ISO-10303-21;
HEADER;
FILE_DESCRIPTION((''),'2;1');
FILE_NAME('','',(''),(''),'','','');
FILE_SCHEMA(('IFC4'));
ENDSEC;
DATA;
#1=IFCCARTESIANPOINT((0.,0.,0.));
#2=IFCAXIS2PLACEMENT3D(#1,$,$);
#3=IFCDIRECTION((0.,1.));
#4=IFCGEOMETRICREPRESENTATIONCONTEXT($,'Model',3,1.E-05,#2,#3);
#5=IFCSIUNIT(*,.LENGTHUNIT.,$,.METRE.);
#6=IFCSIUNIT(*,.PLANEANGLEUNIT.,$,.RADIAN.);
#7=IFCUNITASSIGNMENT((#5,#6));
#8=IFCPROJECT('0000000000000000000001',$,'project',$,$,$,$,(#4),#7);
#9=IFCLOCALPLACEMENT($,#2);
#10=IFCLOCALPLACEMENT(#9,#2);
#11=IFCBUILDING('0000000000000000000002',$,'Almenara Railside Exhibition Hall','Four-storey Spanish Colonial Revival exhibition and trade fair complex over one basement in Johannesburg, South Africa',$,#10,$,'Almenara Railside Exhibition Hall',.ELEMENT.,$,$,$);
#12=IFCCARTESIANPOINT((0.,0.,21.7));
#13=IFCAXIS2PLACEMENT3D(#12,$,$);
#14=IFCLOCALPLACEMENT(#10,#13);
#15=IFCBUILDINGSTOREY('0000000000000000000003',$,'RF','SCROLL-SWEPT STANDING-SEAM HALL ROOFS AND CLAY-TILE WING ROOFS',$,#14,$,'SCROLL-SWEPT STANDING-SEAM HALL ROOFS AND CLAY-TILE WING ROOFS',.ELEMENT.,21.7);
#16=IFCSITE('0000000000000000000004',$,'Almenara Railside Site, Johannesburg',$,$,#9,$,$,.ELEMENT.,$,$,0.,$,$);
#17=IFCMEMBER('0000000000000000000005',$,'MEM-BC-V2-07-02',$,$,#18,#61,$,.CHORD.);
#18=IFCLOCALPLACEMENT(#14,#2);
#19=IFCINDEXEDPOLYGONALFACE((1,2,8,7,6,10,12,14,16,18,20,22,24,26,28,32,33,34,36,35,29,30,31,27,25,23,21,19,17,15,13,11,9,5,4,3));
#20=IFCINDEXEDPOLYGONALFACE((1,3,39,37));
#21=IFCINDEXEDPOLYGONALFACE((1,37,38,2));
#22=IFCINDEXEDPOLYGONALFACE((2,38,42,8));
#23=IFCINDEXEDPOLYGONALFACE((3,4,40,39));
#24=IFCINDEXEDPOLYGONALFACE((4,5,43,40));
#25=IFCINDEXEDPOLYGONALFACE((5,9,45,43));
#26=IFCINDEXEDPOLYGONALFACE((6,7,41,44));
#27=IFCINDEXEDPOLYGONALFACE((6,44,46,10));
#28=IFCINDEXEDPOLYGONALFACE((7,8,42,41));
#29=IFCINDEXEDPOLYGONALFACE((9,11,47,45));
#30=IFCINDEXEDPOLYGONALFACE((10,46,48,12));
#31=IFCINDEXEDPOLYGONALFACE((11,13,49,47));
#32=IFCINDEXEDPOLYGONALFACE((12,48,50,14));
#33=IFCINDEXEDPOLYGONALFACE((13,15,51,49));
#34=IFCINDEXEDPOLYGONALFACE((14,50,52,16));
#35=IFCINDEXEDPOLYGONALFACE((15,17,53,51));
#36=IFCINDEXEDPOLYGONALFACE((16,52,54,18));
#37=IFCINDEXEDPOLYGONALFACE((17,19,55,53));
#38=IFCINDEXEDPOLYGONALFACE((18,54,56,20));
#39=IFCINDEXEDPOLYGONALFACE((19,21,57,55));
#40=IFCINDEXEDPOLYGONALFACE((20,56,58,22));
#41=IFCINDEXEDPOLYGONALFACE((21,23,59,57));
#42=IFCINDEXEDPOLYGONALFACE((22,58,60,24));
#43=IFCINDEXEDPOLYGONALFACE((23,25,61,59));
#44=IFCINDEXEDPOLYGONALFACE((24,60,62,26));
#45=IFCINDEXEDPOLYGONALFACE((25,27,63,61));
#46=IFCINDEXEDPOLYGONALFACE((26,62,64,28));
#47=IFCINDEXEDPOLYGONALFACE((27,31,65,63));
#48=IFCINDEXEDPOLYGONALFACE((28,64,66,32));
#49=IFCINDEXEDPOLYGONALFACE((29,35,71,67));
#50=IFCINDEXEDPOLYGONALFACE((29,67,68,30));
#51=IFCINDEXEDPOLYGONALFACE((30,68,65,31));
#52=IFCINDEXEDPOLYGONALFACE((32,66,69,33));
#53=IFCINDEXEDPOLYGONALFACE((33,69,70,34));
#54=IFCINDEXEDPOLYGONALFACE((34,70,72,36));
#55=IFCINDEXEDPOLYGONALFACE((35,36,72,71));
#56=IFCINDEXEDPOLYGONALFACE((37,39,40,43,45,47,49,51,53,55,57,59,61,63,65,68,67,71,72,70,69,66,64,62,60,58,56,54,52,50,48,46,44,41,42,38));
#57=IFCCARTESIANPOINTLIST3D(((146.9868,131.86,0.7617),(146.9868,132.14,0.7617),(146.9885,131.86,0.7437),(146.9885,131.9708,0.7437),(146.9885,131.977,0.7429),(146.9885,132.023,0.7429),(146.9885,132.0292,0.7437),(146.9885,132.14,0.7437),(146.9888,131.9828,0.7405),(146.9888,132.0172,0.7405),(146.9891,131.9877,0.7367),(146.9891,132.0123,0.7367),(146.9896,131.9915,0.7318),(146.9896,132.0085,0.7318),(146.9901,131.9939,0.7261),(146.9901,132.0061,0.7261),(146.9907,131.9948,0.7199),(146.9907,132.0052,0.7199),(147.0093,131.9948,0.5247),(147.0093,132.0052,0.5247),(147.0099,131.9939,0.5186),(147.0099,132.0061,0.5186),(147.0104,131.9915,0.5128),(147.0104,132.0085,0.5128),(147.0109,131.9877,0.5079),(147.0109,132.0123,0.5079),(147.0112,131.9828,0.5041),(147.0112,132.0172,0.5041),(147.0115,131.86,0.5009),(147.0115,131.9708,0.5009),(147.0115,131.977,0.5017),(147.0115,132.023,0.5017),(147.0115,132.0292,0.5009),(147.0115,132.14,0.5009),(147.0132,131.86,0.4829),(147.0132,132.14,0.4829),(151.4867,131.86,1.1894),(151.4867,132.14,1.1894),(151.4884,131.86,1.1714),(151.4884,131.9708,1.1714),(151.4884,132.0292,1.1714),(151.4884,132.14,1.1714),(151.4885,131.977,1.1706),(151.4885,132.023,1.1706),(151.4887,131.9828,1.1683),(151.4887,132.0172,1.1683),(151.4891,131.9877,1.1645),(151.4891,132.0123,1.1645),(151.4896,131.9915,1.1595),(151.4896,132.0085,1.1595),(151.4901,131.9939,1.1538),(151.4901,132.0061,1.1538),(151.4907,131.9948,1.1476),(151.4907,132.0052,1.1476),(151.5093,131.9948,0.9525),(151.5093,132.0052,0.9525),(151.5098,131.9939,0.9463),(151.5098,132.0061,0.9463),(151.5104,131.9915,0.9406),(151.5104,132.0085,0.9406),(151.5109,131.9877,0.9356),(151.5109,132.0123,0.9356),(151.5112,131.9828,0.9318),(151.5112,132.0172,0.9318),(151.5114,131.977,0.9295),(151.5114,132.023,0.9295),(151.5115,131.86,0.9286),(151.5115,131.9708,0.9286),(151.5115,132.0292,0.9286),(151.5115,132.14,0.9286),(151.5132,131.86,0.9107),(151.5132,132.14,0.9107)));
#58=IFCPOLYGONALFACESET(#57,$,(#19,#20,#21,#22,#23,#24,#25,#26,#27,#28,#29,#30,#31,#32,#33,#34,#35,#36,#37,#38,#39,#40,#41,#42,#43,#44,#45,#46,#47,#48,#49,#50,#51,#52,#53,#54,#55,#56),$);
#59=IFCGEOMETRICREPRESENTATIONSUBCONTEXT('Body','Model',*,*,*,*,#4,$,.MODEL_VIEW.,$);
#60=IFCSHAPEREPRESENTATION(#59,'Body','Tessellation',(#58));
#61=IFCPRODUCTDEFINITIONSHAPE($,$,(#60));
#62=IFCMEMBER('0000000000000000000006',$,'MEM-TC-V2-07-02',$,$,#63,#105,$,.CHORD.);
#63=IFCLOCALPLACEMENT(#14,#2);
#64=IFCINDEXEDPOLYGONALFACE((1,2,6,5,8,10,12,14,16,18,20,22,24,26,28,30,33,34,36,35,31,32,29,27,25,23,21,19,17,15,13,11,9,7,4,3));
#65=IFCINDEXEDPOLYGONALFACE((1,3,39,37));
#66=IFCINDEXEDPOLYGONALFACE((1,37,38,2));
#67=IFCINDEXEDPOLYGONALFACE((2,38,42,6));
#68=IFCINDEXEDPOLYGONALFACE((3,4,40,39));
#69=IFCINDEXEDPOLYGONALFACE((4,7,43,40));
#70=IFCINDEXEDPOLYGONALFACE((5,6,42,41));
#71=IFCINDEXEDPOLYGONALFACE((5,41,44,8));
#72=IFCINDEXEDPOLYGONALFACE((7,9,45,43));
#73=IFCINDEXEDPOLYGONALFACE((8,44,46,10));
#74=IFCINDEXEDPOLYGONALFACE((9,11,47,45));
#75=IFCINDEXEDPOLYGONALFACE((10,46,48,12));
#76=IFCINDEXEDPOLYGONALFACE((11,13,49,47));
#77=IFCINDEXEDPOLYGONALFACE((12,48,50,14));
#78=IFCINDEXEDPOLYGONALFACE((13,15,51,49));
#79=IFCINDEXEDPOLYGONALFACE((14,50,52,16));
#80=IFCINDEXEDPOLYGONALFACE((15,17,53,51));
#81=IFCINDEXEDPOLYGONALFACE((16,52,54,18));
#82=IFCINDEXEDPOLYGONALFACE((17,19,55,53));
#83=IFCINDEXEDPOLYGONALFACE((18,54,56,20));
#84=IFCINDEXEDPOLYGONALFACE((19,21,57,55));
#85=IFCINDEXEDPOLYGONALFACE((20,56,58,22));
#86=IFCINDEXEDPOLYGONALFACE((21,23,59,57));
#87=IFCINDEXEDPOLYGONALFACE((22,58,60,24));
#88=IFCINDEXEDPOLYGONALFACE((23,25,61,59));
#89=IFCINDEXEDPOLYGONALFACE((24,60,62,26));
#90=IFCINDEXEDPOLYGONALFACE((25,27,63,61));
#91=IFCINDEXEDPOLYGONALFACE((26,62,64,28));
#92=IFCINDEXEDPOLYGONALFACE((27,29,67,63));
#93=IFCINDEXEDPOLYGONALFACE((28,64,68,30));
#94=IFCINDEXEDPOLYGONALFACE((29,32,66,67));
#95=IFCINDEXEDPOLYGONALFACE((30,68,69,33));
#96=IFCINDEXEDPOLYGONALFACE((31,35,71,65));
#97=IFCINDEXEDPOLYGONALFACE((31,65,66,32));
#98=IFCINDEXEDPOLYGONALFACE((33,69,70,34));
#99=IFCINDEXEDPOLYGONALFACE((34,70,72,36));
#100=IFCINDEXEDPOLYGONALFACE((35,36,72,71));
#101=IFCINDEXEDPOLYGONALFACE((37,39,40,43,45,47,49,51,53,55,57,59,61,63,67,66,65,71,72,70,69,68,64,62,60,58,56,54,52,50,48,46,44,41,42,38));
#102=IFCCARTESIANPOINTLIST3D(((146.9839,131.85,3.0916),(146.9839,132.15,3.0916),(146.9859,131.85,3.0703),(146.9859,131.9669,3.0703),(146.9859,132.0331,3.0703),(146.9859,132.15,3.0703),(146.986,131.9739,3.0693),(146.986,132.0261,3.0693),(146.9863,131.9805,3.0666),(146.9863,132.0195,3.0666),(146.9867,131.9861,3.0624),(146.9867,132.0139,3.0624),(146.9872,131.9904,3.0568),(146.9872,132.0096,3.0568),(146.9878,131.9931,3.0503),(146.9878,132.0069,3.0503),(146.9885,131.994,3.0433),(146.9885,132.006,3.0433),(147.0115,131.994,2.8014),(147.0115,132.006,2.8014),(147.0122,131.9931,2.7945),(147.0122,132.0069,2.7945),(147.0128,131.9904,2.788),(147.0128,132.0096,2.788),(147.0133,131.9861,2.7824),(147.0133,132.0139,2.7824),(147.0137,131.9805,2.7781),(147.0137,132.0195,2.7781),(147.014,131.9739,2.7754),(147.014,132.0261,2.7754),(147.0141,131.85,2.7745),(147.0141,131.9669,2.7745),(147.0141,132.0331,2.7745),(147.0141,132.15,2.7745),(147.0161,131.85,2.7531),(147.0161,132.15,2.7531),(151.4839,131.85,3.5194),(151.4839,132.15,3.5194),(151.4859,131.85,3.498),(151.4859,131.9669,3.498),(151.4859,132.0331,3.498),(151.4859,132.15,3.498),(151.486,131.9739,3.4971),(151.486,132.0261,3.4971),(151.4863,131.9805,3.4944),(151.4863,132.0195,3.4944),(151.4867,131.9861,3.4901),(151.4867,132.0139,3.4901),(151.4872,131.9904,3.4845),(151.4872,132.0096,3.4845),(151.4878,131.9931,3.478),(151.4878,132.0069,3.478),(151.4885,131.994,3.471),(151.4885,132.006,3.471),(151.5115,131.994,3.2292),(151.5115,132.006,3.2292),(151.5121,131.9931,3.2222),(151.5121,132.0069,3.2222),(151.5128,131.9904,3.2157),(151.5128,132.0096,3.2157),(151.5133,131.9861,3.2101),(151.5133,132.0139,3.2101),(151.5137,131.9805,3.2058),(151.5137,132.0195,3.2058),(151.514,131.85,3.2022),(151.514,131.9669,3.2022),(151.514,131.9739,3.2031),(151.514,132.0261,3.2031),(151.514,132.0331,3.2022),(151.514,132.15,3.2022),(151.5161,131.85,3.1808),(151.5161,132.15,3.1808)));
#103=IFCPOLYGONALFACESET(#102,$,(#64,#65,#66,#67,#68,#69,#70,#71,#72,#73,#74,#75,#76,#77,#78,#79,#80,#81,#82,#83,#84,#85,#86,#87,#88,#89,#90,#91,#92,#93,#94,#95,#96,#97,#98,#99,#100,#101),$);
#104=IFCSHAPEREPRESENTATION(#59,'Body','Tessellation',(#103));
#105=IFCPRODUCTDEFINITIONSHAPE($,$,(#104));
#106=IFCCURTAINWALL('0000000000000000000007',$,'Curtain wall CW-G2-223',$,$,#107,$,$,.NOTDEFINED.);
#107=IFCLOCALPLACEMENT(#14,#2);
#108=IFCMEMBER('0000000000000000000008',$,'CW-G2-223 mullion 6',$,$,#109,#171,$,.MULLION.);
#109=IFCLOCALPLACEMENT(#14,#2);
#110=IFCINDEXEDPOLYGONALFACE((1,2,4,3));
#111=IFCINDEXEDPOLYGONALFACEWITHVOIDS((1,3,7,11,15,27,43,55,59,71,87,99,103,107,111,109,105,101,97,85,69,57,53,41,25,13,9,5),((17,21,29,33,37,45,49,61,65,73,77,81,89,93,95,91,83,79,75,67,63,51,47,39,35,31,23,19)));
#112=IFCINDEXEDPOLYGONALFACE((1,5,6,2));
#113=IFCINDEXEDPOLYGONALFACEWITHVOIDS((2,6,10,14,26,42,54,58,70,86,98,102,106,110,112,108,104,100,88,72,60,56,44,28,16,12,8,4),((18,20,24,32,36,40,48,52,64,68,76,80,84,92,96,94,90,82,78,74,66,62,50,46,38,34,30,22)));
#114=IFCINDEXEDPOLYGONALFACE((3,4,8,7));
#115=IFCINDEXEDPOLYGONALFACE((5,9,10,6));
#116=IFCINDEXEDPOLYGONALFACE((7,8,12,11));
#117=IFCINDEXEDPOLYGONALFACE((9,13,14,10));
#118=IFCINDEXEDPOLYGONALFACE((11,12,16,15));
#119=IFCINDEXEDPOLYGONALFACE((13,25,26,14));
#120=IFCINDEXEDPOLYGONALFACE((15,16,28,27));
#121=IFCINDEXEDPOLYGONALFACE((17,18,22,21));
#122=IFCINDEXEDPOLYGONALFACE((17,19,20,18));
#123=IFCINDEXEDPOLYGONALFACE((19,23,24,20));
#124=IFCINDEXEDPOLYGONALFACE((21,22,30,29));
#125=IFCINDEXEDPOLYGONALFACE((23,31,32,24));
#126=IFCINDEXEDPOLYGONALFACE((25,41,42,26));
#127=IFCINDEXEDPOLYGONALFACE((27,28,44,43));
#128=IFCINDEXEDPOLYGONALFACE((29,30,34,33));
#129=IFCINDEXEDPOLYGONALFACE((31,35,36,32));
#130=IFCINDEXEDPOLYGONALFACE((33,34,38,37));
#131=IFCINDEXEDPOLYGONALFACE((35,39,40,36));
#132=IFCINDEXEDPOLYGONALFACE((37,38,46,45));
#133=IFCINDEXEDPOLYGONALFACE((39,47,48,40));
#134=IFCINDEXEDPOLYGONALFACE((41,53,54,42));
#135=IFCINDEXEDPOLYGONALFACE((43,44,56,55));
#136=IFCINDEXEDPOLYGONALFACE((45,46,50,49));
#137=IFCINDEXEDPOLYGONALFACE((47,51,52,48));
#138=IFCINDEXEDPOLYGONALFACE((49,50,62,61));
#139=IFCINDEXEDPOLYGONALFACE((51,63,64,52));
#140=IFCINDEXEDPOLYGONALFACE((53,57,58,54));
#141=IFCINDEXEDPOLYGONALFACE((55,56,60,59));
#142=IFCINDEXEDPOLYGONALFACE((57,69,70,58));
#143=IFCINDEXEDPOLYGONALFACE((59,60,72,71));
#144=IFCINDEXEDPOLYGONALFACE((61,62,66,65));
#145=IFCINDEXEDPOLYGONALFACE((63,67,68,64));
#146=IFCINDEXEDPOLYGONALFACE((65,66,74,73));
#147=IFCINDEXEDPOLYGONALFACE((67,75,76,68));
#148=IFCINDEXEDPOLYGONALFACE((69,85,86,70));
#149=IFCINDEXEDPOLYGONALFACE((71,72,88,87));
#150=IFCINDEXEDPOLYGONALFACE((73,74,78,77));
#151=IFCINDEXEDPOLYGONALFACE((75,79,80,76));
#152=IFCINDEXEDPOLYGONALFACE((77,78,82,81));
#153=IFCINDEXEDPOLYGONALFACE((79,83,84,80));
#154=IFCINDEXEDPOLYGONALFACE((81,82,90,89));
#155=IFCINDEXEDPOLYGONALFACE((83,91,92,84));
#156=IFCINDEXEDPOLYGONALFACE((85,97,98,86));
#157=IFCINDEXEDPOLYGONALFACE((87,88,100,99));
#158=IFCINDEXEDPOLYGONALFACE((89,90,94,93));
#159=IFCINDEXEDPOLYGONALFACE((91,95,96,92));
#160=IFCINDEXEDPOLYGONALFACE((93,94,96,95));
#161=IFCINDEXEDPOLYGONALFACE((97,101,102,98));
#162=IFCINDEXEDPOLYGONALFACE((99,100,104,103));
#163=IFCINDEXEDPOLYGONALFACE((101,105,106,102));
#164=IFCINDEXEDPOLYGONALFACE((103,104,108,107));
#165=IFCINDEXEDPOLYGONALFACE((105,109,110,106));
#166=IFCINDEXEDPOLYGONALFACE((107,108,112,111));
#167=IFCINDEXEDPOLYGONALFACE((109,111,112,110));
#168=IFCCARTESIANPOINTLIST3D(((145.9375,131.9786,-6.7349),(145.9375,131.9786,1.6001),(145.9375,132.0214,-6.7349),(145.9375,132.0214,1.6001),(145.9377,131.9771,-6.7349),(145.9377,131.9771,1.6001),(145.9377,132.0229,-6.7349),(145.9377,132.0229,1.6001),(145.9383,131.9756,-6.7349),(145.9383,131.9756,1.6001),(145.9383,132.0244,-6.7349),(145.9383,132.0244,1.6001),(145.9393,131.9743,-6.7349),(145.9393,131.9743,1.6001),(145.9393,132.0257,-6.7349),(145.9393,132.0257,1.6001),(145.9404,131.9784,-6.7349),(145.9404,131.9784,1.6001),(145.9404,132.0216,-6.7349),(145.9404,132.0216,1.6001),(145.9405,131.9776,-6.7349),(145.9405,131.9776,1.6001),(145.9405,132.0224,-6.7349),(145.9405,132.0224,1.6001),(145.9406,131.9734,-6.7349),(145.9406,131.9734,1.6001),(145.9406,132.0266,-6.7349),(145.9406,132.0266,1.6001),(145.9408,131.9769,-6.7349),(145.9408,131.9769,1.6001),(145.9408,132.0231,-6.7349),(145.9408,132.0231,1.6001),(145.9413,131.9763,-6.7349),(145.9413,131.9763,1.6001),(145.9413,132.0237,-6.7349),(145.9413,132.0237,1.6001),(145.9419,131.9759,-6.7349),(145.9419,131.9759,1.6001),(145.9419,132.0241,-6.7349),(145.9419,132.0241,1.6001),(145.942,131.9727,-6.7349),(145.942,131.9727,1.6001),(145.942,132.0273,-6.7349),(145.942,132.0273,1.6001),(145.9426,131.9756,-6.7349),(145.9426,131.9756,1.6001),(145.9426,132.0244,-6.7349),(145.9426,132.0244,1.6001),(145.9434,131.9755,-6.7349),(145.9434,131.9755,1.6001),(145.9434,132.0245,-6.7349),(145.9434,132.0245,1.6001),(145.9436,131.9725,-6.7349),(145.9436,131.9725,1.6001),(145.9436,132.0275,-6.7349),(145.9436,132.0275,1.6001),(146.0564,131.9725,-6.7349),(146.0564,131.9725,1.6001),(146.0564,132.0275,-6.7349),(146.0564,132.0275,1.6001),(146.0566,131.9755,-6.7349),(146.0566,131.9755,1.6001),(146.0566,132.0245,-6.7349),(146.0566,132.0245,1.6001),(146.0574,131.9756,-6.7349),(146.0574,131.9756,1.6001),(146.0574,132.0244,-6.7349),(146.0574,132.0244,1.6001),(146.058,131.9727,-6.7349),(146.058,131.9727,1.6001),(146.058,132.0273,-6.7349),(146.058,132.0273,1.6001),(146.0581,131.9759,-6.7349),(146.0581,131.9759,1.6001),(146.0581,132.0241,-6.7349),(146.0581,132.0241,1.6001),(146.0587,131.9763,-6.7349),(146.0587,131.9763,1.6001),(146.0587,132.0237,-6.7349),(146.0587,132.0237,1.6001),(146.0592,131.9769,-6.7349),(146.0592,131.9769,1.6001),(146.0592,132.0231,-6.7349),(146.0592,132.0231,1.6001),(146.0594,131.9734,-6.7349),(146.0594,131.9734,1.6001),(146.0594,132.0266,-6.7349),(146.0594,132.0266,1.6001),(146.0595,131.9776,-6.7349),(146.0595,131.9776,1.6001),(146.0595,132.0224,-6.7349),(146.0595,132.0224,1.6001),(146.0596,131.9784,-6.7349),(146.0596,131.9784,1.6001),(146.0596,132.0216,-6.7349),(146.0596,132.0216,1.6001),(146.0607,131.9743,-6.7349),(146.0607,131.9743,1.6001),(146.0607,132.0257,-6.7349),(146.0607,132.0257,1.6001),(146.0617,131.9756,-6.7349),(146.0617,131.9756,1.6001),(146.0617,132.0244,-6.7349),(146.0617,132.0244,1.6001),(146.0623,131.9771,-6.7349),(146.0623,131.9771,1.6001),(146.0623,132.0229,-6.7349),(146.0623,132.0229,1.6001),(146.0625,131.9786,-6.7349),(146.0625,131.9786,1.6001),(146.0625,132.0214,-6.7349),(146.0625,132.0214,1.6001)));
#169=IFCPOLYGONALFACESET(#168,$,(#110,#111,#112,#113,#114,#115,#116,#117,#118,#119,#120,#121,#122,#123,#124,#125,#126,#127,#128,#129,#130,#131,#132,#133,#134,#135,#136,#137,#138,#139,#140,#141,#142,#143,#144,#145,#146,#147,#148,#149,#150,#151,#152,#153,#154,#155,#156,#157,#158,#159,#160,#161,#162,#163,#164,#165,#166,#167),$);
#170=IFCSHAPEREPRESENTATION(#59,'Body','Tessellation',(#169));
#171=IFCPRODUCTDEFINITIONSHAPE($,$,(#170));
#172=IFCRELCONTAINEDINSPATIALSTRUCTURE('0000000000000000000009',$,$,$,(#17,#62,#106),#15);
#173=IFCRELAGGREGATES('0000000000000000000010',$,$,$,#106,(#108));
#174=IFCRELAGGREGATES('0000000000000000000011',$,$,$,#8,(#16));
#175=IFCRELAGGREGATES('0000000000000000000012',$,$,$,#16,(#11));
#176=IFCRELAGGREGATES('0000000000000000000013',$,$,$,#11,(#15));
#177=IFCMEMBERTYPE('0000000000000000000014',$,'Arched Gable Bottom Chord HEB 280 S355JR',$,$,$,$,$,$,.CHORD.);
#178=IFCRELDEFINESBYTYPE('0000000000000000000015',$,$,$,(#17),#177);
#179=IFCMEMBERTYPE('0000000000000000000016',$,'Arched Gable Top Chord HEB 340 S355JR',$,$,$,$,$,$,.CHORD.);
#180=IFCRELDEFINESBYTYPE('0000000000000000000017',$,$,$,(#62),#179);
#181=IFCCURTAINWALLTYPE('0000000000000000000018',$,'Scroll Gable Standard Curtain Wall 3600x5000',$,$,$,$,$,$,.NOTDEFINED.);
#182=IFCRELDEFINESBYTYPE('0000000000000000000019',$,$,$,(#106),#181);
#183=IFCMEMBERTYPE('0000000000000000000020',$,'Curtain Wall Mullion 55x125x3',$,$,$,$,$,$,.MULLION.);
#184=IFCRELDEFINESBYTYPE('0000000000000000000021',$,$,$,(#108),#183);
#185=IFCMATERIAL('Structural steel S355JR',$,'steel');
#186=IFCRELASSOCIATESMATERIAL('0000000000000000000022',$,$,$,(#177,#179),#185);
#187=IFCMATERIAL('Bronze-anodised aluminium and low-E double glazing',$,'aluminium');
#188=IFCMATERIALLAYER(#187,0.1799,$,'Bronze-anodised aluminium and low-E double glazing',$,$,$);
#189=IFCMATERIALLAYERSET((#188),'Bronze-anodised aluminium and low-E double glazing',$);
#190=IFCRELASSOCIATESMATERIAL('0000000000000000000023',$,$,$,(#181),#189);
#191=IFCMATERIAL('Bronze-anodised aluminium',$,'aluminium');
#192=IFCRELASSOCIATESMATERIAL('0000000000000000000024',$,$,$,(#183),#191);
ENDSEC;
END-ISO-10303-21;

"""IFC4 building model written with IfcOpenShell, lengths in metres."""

from ifc_helpers import new_model, si_unit, direction, frame, origin, origin_2d, place, context, subcontext, project, spatial, hollow_rectangle, i_section, extrude, material, layer, layer_set, material_profile, profile_set, type_object, element, aggregate, save


model = new_model("IFC4")

# Units and contexts
model_context = context("Model", 3, precision=1e-05, world=origin(), true_north=direction((0.0, 1.0)))
body_context = subcontext(model_context, "Body", "Model", "MODEL_VIEW")
ifc_project = project(units=[si_unit("LENGTHUNIT", "METRE"), si_unit("PLANEANGLEUNIT", "RADIAN")], contexts=[model_context])

# Site, building, storey
site_placement = place(None, origin())
site = spatial("IfcSite", under=ifc_project, at=site_placement, Name="Almenara Railside Site, Johannesburg", CompositionType="ELEMENT", RefElevation=0.0)
building_placement = place(site_placement, origin())
building = spatial("IfcBuilding", under=site, at=building_placement, Name="Almenara Railside Exhibition Hall", Description="Four-storey Spanish Colonial Revival exhibition and trade fair complex over one basement in Johannesburg, South Africa", LongName="Almenara Railside Exhibition Hall", CompositionType="ELEMENT")
storey_placement = place(building_placement, frame((0.0, 0.0, 21.7)))
storey = spatial("IfcBuildingStorey", under=building, at=storey_placement, Name="RF", Description="SCROLL-SWEPT STANDING-SEAM HALL ROOFS AND CLAY-TILE WING ROOFS", LongName="SCROLL-SWEPT STANDING-SEAM HALL ROOFS AND CLAY-TILE WING ROOFS", CompositionType="ELEMENT", Elevation=21.7)

# Members
ifc_material_1 = material(Name="Structural steel S355JR", Category="steel")
ifc_material_profile_1 = material_profile(ifc_material_1, i_section(OverallWidth=0.28, OverallDepth=0.28, WebThickness=0.0105, FlangeThickness=0.0181, FilletRadius=0.0239, at=origin_2d()), Name="HEB 280")
ifc_profile_set_1 = profile_set([ifc_material_profile_1], Name="Structural steel S355JR")
member_type_1 = type_object("IfcMemberType", Name="Arched Gable Bottom Chord HEB 280 S355JR", PredefinedType="CHORD", material=ifc_profile_set_1)
member_1_placement = place(storey_placement, frame((147.0, 132.0, 0.6223), z_axis=(0.995513, 0.0, 0.094626), x_axis=(0.0, 1.0, 0.0)))
element("IfcMember", 1, at=member_1_placement, inside=storey, type_object=member_type_1, Name="MEM-BC-V2-07-02", PredefinedType="CHORD", context=body_context, shape_type="SweptSolid", body=[
    extrude(i_section(OverallWidth=0.28, OverallDepth=0.28, WebThickness=0.0105, FlangeThickness=0.0181, FilletRadius=0.0239, at=origin_2d()), origin(), (0.0, 0.0, 1.0), 4.5203),
])
ifc_material_profile_2 = material_profile(ifc_material_1, i_section(OverallWidth=0.3, OverallDepth=0.3401, WebThickness=0.012, FlangeThickness=0.0215, FilletRadius=0.0271, at=origin_2d()), Name="HEB 340")
ifc_profile_set_2 = profile_set([ifc_material_profile_2], Name="Structural steel S355JR")
member_type_2 = type_object("IfcMemberType", Name="Arched Gable Top Chord HEB 340 S355JR", PredefinedType="CHORD", material=ifc_profile_set_2)
member_2_placement = place(storey_placement, frame((147.0, 132.0, 2.9224), z_axis=(0.995513, 0.0, 0.094626), x_axis=(0.0, 1.0, 0.0)))
element("IfcMember", 2, at=member_2_placement, inside=storey, type_object=member_type_2, Name="MEM-TC-V2-07-02", PredefinedType="CHORD", context=body_context, shape_type="SweptSolid", body=[
    extrude(i_section(OverallWidth=0.3, OverallDepth=0.3401, WebThickness=0.012, FlangeThickness=0.0215, FilletRadius=0.0271, at=origin_2d()), origin(), (0.0, 0.0, 1.0), 4.5203),
])

# Curtain wall, member
ifc_material_2 = material(Name="Bronze-anodised aluminium and low-E double glazing", Category="aluminium")
ifc_layer_1 = layer(ifc_material_2, 0.1799, Name="Bronze-anodised aluminium and low-E double glazing")
ifc_layer_set_1 = layer_set([ifc_layer_1], Name="Bronze-anodised aluminium and low-E double glazing")
curtain_wall_type_1 = type_object("IfcCurtainWallType", Name="Scroll Gable Standard Curtain Wall 3600x5000", PredefinedType="NOTDEFINED", material=ifc_layer_set_1)
curtain_wall_1_placement = place(storey_placement, origin())
curtain_wall_1 = element("IfcCurtainWall", 3, at=curtain_wall_1_placement, inside=storey, type_object=curtain_wall_type_1, Name="Curtain wall CW-G2-223", PredefinedType="NOTDEFINED")
ifc_material_3 = material(Name="Bronze-anodised aluminium", Category="aluminium")
ifc_material_profile_3 = material_profile(ifc_material_3, hollow_rectangle(XDim=0.0549, YDim=0.125, WallThickness=0.0029, InnerFilletRadius=0.0029, OuterFilletRadius=0.0061, at=origin_2d()), Name="ALU-MUL 55x125x3")
ifc_profile_set_3 = profile_set([ifc_material_profile_3], Name="Bronze-anodised aluminium")
member_type_3 = type_object("IfcMemberType", Name="Curtain Wall Mullion 55x125x3", PredefinedType="MULLION", material=ifc_profile_set_3)
member_3_placement = place(storey_placement, frame((146.0, 132.0, -6.7349), z_axis=(0.0, 0.0, 1.0), x_axis=(0.0, 1.0, 0.0)))
member_3 = element("IfcMember", 4, at=member_3_placement, type_object=member_type_3, Name="CW-G2-223 mullion 6", PredefinedType="MULLION", context=body_context, shape_type="SweptSolid", body=[
    extrude(hollow_rectangle(XDim=0.0549, YDim=0.125, WallThickness=0.0029, InnerFilletRadius=0.0029, OuterFilletRadius=0.0061, at=origin_2d()), origin(), (0.0, 0.0, 1.0), 8.335),
])

aggregate(curtain_wall_1, [member_3])

save(model, "model.ifc")
